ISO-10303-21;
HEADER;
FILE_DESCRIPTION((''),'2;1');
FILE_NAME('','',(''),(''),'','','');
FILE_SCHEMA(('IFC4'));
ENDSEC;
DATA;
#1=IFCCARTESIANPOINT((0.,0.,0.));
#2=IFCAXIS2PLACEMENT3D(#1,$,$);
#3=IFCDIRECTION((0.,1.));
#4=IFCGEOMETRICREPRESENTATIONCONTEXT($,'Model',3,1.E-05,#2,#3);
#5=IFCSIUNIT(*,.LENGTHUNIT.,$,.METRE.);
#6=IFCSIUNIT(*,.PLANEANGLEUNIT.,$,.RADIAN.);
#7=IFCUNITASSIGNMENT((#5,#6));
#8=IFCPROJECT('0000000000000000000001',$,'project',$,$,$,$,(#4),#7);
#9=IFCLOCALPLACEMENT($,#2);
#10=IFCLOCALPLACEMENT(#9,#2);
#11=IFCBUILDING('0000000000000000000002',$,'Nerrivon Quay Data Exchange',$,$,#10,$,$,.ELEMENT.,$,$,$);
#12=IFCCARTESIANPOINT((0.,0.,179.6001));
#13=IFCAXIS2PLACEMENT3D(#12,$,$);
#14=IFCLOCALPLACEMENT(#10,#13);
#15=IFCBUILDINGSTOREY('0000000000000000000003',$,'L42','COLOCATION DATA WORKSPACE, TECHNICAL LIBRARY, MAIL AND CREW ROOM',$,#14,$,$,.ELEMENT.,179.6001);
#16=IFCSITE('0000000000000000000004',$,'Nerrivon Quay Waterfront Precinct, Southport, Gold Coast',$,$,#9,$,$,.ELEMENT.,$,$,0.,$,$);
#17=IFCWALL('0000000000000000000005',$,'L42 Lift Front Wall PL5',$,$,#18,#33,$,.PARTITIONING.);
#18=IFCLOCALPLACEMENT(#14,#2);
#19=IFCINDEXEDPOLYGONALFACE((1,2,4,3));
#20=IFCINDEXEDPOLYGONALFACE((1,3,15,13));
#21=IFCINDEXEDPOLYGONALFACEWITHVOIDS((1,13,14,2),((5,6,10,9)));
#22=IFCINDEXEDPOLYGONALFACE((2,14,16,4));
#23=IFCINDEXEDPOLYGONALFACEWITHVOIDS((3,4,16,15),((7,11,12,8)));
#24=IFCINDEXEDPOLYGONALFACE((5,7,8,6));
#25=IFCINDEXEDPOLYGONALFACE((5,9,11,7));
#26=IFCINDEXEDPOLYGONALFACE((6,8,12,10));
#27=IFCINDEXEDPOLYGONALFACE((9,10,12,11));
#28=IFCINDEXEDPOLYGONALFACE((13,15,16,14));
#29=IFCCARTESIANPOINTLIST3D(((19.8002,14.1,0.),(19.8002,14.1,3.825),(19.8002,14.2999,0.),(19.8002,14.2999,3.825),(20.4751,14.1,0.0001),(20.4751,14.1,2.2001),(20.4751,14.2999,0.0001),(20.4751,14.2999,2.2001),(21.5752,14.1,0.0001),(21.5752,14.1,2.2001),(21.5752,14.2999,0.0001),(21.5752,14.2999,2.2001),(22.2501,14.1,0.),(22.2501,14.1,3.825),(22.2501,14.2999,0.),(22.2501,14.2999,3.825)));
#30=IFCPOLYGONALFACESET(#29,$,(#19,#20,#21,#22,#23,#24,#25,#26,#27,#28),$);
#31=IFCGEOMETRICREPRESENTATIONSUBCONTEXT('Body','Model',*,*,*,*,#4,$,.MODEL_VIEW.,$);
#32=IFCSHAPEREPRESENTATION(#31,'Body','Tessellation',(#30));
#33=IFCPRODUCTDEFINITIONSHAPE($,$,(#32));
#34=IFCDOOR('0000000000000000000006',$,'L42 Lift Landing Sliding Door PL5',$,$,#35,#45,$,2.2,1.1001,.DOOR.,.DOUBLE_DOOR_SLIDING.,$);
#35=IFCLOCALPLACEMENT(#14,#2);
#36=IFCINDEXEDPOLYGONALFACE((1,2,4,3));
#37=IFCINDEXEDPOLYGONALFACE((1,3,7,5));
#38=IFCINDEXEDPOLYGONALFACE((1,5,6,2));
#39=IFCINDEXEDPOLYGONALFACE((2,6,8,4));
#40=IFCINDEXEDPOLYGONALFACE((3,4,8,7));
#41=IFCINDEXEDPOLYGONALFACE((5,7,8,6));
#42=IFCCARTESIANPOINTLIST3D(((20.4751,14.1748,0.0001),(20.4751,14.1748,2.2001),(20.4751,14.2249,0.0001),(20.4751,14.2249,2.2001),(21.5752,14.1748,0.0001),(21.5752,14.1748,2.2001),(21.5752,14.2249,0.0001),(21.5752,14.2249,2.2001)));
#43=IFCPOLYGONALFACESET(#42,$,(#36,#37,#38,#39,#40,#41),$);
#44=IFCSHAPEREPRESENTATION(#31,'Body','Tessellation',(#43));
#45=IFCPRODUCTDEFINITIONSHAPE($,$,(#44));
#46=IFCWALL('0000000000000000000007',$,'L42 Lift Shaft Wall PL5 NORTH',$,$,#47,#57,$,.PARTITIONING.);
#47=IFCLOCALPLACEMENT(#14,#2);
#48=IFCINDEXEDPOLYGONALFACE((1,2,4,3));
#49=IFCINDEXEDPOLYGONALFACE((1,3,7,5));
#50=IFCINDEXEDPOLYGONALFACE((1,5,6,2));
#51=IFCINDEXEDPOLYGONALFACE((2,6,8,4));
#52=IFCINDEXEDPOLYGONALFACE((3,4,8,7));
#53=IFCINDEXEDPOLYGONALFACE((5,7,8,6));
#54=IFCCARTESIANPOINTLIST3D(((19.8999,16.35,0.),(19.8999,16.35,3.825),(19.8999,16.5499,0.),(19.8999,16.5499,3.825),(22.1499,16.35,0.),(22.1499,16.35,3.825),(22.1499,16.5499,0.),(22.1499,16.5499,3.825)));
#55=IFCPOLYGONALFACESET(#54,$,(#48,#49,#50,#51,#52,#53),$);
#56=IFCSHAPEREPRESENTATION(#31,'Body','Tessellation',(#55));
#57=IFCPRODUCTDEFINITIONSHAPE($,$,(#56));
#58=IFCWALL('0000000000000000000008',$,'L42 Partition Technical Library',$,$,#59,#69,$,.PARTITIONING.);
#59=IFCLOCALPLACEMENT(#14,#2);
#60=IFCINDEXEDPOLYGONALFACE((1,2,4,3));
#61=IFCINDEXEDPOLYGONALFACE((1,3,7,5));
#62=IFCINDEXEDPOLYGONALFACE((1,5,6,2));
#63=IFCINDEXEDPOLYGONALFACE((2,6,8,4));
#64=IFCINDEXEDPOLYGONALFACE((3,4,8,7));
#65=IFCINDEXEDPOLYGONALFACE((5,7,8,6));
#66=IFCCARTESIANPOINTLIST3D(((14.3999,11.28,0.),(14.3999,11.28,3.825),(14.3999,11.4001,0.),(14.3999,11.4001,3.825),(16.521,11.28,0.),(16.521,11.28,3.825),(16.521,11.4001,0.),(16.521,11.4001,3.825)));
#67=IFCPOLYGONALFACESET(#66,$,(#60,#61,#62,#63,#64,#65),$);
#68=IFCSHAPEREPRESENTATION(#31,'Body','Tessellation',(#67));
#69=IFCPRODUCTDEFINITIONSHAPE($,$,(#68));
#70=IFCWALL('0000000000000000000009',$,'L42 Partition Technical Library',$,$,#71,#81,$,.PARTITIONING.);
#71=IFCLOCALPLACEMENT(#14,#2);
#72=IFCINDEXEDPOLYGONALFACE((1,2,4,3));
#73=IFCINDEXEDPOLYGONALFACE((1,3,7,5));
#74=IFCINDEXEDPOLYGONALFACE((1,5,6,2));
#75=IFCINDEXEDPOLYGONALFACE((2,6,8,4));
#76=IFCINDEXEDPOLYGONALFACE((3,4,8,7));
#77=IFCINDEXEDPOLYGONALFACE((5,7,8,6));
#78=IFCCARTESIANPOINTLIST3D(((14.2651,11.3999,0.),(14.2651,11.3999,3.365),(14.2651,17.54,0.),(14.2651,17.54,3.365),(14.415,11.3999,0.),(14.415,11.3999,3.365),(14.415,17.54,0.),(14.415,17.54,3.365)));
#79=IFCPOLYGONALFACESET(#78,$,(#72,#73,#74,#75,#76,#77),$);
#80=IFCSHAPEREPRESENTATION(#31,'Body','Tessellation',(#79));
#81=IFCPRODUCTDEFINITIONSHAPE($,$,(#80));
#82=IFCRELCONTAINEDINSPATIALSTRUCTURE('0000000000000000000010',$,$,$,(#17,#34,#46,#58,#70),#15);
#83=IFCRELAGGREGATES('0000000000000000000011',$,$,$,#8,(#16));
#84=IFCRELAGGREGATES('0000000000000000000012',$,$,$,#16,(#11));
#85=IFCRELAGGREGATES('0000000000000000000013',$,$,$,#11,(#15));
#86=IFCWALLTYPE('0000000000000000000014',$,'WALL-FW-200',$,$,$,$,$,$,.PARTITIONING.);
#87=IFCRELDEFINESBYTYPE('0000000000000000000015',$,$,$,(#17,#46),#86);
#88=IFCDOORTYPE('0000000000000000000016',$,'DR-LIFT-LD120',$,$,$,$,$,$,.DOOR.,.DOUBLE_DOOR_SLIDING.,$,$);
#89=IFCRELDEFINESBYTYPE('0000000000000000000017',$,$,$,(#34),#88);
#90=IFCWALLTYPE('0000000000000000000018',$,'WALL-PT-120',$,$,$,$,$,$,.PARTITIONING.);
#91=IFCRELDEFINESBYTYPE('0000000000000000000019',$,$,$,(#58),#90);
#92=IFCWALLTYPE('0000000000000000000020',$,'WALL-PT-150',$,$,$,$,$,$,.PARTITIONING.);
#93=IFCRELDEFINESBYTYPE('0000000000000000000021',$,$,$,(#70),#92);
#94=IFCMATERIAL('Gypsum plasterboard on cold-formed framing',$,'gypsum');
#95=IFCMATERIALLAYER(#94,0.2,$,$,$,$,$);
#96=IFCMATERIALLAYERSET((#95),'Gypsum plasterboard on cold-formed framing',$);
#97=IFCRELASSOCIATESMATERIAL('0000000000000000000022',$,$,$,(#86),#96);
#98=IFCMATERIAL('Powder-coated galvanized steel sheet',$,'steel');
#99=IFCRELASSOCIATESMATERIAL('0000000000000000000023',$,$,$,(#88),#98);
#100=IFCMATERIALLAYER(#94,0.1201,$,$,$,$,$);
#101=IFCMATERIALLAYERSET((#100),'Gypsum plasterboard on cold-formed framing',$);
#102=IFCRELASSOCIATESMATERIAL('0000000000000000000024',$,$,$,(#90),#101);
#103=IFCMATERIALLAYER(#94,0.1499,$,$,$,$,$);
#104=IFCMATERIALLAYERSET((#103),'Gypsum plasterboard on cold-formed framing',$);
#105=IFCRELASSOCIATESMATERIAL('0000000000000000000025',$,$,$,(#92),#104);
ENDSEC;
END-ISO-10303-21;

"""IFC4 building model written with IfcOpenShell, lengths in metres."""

from ifc_helpers import new_model, si_unit, direction, frame, frame_2d, origin, place, context, subcontext, project, spatial, rectangle, extrude, material, layer, layer_set, type_object, element, fill, save


model = new_model("IFC4")

# Units and contexts
model_context = context("Model", 3, precision=1e-05, world=origin(), true_north=direction((0.0, 1.0)))
body_context = subcontext(model_context, "Body", "Model", "MODEL_VIEW")
ifc_project = project(units=[si_unit("LENGTHUNIT", "METRE"), si_unit("PLANEANGLEUNIT", "RADIAN")], contexts=[model_context])

# Site, building, storey
site_placement = place(None, origin())
site = spatial("IfcSite", under=ifc_project, at=site_placement, Name="Nerrivon Quay Waterfront Precinct, Southport, Gold Coast", CompositionType="ELEMENT", RefElevation=0.0)
building_placement = place(site_placement, origin())
building = spatial("IfcBuilding", under=site, at=building_placement, Name="Nerrivon Quay Data Exchange", CompositionType="ELEMENT")
storey_placement = place(building_placement, frame((0.0, 0.0, 179.6001)))
storey = spatial("IfcBuildingStorey", under=building, at=storey_placement, Name="L42", Description="COLOCATION DATA WORKSPACE, TECHNICAL LIBRARY, MAIL AND CREW ROOM", CompositionType="ELEMENT", Elevation=179.6001)

# Shared definitions
ifc_material_1 = material(Name="Powder-coated galvanized steel sheet", Category="steel")
ifc_material_2 = material(Name="Gypsum plasterboard on cold-formed framing", Category="gypsum")
ifc_layer_1 = layer(ifc_material_2, 0.2)
ifc_layer_set_1 = layer_set([ifc_layer_1], Name="Gypsum plasterboard on cold-formed framing")
wall_type_1 = type_object("IfcWallType", Name="WALL-FW-200", PredefinedType="PARTITIONING", material=ifc_layer_set_1)
door_type_1 = type_object("IfcDoorType", Name="DR-LIFT-LD120", OperationType="DOUBLE_DOOR_SLIDING", PredefinedType="DOOR", material=ifc_material_1)

# Wall, opening, door
wall_1_placement = place(storey_placement, frame((19.8, 14.2, 0.0), z_axis=(0.0, 0.0, 1.0), x_axis=(1.0, 0.0, 0.0)))
wall_1 = element("IfcWall", 1, at=wall_1_placement, inside=storey, type_object=wall_type_1, Name="L42 Lift Front Wall PL5", PredefinedType="PARTITIONING", context=body_context, shape_type="SweptSolid", body=[
    extrude(rectangle(XDim=2.45, YDim=0.2, at=frame_2d((1.2251, 0.0))), origin(), (0.0, 0.0, 1.0), 3.825),
])
opening_1_placement = place(wall_1_placement, frame((0.675, 0.0, 0.0)))
opening_1 = element("IfcOpeningElement", 2, at=opening_1_placement, cuts=wall_1, PredefinedType="OPENING", context=body_context, shape_type="SweptSolid", body=[
    extrude(rectangle(XDim=1.1001, YDim=2.2, at=frame_2d((0.55, 1.1001))), frame((0.0, 0.1099, 0.0), z_axis=(0.0, -1.0, 0.0), x_axis=(1.0, 0.0, 0.0)), (0.0, 0.0, 1.0), 0.22),
])
door_1_placement = place(opening_1_placement, origin())
door_1 = element("IfcDoor", 3, at=door_1_placement, inside=storey, type_object=door_type_1, Name="L42 Lift Landing Sliding Door PL5", OperationType="DOUBLE_DOOR_SLIDING", OverallHeight=2.2, OverallWidth=1.1001, PredefinedType="DOOR", context=body_context, shape_type="SweptSolid", body=[
    extrude(rectangle(XDim=1.1001, YDim=2.2, at=frame_2d((0.55, 1.1001))), frame((0.0, 0.0249, 0.0), z_axis=(0.0, -1.0, 0.0), x_axis=(1.0, 0.0, 0.0)), (0.0, 0.0, 1.0), 0.05),
])
fill(opening_1, door_1)

# Walls
wall_2_placement = place(storey_placement, frame((19.8999, 16.45, 0.0), z_axis=(0.0, 0.0, 1.0), x_axis=(1.0, 0.0, 0.0)))
element("IfcWall", 4, at=wall_2_placement, inside=storey, type_object=wall_type_1, Name="L42 Lift Shaft Wall PL5 NORTH", PredefinedType="PARTITIONING", context=body_context, shape_type="SweptSolid", body=[
    extrude(rectangle(XDim=2.25, YDim=0.2, at=frame_2d((1.125, 0.0))), origin(), (0.0, 0.0, 1.0), 3.825),
])
ifc_layer_2 = layer(ifc_material_2, 0.1201)
ifc_layer_set_2 = layer_set([ifc_layer_2], Name="Gypsum plasterboard on cold-formed framing")
wall_type_2 = type_object("IfcWallType", Name="WALL-PT-120", PredefinedType="PARTITIONING", material=ifc_layer_set_2)
wall_3_placement = place(storey_placement, frame((16.521, 11.3401, 0.0), z_axis=(0.0, 0.0, 1.0), x_axis=(-1.0, 0.0, 0.0)))
element("IfcWall", 5, at=wall_3_placement, inside=storey, type_object=wall_type_2, Name="L42 Partition Technical Library", PredefinedType="PARTITIONING", context=body_context, shape_type="SweptSolid", body=[
    extrude(rectangle(XDim=2.1211, YDim=0.1201, at=frame_2d((1.0605, 0.0))), origin(), (0.0, 0.0, 1.0), 3.825),
])
ifc_layer_3 = layer(ifc_material_2, 0.1499)
ifc_layer_set_3 = layer_set([ifc_layer_3], Name="Gypsum plasterboard on cold-formed framing")
wall_type_3 = type_object("IfcWallType", Name="WALL-PT-150", PredefinedType="PARTITIONING", material=ifc_layer_set_3)
wall_4_placement = place(storey_placement, frame((14.3401, 11.3999, 0.0), z_axis=(0.0, 0.0, 1.0), x_axis=(0.0, 1.0, 0.0)))
element("IfcWall", 6, at=wall_4_placement, inside=storey, type_object=wall_type_3, Name="L42 Partition Technical Library", PredefinedType="PARTITIONING", context=body_context, shape_type="SweptSolid", body=[
    extrude(rectangle(XDim=6.1401, YDim=0.1499, at=frame_2d((3.0701, 0.0))), origin(), (0.0, 0.0, 1.0), 3.365),
])

save(model, "model.ifc")
